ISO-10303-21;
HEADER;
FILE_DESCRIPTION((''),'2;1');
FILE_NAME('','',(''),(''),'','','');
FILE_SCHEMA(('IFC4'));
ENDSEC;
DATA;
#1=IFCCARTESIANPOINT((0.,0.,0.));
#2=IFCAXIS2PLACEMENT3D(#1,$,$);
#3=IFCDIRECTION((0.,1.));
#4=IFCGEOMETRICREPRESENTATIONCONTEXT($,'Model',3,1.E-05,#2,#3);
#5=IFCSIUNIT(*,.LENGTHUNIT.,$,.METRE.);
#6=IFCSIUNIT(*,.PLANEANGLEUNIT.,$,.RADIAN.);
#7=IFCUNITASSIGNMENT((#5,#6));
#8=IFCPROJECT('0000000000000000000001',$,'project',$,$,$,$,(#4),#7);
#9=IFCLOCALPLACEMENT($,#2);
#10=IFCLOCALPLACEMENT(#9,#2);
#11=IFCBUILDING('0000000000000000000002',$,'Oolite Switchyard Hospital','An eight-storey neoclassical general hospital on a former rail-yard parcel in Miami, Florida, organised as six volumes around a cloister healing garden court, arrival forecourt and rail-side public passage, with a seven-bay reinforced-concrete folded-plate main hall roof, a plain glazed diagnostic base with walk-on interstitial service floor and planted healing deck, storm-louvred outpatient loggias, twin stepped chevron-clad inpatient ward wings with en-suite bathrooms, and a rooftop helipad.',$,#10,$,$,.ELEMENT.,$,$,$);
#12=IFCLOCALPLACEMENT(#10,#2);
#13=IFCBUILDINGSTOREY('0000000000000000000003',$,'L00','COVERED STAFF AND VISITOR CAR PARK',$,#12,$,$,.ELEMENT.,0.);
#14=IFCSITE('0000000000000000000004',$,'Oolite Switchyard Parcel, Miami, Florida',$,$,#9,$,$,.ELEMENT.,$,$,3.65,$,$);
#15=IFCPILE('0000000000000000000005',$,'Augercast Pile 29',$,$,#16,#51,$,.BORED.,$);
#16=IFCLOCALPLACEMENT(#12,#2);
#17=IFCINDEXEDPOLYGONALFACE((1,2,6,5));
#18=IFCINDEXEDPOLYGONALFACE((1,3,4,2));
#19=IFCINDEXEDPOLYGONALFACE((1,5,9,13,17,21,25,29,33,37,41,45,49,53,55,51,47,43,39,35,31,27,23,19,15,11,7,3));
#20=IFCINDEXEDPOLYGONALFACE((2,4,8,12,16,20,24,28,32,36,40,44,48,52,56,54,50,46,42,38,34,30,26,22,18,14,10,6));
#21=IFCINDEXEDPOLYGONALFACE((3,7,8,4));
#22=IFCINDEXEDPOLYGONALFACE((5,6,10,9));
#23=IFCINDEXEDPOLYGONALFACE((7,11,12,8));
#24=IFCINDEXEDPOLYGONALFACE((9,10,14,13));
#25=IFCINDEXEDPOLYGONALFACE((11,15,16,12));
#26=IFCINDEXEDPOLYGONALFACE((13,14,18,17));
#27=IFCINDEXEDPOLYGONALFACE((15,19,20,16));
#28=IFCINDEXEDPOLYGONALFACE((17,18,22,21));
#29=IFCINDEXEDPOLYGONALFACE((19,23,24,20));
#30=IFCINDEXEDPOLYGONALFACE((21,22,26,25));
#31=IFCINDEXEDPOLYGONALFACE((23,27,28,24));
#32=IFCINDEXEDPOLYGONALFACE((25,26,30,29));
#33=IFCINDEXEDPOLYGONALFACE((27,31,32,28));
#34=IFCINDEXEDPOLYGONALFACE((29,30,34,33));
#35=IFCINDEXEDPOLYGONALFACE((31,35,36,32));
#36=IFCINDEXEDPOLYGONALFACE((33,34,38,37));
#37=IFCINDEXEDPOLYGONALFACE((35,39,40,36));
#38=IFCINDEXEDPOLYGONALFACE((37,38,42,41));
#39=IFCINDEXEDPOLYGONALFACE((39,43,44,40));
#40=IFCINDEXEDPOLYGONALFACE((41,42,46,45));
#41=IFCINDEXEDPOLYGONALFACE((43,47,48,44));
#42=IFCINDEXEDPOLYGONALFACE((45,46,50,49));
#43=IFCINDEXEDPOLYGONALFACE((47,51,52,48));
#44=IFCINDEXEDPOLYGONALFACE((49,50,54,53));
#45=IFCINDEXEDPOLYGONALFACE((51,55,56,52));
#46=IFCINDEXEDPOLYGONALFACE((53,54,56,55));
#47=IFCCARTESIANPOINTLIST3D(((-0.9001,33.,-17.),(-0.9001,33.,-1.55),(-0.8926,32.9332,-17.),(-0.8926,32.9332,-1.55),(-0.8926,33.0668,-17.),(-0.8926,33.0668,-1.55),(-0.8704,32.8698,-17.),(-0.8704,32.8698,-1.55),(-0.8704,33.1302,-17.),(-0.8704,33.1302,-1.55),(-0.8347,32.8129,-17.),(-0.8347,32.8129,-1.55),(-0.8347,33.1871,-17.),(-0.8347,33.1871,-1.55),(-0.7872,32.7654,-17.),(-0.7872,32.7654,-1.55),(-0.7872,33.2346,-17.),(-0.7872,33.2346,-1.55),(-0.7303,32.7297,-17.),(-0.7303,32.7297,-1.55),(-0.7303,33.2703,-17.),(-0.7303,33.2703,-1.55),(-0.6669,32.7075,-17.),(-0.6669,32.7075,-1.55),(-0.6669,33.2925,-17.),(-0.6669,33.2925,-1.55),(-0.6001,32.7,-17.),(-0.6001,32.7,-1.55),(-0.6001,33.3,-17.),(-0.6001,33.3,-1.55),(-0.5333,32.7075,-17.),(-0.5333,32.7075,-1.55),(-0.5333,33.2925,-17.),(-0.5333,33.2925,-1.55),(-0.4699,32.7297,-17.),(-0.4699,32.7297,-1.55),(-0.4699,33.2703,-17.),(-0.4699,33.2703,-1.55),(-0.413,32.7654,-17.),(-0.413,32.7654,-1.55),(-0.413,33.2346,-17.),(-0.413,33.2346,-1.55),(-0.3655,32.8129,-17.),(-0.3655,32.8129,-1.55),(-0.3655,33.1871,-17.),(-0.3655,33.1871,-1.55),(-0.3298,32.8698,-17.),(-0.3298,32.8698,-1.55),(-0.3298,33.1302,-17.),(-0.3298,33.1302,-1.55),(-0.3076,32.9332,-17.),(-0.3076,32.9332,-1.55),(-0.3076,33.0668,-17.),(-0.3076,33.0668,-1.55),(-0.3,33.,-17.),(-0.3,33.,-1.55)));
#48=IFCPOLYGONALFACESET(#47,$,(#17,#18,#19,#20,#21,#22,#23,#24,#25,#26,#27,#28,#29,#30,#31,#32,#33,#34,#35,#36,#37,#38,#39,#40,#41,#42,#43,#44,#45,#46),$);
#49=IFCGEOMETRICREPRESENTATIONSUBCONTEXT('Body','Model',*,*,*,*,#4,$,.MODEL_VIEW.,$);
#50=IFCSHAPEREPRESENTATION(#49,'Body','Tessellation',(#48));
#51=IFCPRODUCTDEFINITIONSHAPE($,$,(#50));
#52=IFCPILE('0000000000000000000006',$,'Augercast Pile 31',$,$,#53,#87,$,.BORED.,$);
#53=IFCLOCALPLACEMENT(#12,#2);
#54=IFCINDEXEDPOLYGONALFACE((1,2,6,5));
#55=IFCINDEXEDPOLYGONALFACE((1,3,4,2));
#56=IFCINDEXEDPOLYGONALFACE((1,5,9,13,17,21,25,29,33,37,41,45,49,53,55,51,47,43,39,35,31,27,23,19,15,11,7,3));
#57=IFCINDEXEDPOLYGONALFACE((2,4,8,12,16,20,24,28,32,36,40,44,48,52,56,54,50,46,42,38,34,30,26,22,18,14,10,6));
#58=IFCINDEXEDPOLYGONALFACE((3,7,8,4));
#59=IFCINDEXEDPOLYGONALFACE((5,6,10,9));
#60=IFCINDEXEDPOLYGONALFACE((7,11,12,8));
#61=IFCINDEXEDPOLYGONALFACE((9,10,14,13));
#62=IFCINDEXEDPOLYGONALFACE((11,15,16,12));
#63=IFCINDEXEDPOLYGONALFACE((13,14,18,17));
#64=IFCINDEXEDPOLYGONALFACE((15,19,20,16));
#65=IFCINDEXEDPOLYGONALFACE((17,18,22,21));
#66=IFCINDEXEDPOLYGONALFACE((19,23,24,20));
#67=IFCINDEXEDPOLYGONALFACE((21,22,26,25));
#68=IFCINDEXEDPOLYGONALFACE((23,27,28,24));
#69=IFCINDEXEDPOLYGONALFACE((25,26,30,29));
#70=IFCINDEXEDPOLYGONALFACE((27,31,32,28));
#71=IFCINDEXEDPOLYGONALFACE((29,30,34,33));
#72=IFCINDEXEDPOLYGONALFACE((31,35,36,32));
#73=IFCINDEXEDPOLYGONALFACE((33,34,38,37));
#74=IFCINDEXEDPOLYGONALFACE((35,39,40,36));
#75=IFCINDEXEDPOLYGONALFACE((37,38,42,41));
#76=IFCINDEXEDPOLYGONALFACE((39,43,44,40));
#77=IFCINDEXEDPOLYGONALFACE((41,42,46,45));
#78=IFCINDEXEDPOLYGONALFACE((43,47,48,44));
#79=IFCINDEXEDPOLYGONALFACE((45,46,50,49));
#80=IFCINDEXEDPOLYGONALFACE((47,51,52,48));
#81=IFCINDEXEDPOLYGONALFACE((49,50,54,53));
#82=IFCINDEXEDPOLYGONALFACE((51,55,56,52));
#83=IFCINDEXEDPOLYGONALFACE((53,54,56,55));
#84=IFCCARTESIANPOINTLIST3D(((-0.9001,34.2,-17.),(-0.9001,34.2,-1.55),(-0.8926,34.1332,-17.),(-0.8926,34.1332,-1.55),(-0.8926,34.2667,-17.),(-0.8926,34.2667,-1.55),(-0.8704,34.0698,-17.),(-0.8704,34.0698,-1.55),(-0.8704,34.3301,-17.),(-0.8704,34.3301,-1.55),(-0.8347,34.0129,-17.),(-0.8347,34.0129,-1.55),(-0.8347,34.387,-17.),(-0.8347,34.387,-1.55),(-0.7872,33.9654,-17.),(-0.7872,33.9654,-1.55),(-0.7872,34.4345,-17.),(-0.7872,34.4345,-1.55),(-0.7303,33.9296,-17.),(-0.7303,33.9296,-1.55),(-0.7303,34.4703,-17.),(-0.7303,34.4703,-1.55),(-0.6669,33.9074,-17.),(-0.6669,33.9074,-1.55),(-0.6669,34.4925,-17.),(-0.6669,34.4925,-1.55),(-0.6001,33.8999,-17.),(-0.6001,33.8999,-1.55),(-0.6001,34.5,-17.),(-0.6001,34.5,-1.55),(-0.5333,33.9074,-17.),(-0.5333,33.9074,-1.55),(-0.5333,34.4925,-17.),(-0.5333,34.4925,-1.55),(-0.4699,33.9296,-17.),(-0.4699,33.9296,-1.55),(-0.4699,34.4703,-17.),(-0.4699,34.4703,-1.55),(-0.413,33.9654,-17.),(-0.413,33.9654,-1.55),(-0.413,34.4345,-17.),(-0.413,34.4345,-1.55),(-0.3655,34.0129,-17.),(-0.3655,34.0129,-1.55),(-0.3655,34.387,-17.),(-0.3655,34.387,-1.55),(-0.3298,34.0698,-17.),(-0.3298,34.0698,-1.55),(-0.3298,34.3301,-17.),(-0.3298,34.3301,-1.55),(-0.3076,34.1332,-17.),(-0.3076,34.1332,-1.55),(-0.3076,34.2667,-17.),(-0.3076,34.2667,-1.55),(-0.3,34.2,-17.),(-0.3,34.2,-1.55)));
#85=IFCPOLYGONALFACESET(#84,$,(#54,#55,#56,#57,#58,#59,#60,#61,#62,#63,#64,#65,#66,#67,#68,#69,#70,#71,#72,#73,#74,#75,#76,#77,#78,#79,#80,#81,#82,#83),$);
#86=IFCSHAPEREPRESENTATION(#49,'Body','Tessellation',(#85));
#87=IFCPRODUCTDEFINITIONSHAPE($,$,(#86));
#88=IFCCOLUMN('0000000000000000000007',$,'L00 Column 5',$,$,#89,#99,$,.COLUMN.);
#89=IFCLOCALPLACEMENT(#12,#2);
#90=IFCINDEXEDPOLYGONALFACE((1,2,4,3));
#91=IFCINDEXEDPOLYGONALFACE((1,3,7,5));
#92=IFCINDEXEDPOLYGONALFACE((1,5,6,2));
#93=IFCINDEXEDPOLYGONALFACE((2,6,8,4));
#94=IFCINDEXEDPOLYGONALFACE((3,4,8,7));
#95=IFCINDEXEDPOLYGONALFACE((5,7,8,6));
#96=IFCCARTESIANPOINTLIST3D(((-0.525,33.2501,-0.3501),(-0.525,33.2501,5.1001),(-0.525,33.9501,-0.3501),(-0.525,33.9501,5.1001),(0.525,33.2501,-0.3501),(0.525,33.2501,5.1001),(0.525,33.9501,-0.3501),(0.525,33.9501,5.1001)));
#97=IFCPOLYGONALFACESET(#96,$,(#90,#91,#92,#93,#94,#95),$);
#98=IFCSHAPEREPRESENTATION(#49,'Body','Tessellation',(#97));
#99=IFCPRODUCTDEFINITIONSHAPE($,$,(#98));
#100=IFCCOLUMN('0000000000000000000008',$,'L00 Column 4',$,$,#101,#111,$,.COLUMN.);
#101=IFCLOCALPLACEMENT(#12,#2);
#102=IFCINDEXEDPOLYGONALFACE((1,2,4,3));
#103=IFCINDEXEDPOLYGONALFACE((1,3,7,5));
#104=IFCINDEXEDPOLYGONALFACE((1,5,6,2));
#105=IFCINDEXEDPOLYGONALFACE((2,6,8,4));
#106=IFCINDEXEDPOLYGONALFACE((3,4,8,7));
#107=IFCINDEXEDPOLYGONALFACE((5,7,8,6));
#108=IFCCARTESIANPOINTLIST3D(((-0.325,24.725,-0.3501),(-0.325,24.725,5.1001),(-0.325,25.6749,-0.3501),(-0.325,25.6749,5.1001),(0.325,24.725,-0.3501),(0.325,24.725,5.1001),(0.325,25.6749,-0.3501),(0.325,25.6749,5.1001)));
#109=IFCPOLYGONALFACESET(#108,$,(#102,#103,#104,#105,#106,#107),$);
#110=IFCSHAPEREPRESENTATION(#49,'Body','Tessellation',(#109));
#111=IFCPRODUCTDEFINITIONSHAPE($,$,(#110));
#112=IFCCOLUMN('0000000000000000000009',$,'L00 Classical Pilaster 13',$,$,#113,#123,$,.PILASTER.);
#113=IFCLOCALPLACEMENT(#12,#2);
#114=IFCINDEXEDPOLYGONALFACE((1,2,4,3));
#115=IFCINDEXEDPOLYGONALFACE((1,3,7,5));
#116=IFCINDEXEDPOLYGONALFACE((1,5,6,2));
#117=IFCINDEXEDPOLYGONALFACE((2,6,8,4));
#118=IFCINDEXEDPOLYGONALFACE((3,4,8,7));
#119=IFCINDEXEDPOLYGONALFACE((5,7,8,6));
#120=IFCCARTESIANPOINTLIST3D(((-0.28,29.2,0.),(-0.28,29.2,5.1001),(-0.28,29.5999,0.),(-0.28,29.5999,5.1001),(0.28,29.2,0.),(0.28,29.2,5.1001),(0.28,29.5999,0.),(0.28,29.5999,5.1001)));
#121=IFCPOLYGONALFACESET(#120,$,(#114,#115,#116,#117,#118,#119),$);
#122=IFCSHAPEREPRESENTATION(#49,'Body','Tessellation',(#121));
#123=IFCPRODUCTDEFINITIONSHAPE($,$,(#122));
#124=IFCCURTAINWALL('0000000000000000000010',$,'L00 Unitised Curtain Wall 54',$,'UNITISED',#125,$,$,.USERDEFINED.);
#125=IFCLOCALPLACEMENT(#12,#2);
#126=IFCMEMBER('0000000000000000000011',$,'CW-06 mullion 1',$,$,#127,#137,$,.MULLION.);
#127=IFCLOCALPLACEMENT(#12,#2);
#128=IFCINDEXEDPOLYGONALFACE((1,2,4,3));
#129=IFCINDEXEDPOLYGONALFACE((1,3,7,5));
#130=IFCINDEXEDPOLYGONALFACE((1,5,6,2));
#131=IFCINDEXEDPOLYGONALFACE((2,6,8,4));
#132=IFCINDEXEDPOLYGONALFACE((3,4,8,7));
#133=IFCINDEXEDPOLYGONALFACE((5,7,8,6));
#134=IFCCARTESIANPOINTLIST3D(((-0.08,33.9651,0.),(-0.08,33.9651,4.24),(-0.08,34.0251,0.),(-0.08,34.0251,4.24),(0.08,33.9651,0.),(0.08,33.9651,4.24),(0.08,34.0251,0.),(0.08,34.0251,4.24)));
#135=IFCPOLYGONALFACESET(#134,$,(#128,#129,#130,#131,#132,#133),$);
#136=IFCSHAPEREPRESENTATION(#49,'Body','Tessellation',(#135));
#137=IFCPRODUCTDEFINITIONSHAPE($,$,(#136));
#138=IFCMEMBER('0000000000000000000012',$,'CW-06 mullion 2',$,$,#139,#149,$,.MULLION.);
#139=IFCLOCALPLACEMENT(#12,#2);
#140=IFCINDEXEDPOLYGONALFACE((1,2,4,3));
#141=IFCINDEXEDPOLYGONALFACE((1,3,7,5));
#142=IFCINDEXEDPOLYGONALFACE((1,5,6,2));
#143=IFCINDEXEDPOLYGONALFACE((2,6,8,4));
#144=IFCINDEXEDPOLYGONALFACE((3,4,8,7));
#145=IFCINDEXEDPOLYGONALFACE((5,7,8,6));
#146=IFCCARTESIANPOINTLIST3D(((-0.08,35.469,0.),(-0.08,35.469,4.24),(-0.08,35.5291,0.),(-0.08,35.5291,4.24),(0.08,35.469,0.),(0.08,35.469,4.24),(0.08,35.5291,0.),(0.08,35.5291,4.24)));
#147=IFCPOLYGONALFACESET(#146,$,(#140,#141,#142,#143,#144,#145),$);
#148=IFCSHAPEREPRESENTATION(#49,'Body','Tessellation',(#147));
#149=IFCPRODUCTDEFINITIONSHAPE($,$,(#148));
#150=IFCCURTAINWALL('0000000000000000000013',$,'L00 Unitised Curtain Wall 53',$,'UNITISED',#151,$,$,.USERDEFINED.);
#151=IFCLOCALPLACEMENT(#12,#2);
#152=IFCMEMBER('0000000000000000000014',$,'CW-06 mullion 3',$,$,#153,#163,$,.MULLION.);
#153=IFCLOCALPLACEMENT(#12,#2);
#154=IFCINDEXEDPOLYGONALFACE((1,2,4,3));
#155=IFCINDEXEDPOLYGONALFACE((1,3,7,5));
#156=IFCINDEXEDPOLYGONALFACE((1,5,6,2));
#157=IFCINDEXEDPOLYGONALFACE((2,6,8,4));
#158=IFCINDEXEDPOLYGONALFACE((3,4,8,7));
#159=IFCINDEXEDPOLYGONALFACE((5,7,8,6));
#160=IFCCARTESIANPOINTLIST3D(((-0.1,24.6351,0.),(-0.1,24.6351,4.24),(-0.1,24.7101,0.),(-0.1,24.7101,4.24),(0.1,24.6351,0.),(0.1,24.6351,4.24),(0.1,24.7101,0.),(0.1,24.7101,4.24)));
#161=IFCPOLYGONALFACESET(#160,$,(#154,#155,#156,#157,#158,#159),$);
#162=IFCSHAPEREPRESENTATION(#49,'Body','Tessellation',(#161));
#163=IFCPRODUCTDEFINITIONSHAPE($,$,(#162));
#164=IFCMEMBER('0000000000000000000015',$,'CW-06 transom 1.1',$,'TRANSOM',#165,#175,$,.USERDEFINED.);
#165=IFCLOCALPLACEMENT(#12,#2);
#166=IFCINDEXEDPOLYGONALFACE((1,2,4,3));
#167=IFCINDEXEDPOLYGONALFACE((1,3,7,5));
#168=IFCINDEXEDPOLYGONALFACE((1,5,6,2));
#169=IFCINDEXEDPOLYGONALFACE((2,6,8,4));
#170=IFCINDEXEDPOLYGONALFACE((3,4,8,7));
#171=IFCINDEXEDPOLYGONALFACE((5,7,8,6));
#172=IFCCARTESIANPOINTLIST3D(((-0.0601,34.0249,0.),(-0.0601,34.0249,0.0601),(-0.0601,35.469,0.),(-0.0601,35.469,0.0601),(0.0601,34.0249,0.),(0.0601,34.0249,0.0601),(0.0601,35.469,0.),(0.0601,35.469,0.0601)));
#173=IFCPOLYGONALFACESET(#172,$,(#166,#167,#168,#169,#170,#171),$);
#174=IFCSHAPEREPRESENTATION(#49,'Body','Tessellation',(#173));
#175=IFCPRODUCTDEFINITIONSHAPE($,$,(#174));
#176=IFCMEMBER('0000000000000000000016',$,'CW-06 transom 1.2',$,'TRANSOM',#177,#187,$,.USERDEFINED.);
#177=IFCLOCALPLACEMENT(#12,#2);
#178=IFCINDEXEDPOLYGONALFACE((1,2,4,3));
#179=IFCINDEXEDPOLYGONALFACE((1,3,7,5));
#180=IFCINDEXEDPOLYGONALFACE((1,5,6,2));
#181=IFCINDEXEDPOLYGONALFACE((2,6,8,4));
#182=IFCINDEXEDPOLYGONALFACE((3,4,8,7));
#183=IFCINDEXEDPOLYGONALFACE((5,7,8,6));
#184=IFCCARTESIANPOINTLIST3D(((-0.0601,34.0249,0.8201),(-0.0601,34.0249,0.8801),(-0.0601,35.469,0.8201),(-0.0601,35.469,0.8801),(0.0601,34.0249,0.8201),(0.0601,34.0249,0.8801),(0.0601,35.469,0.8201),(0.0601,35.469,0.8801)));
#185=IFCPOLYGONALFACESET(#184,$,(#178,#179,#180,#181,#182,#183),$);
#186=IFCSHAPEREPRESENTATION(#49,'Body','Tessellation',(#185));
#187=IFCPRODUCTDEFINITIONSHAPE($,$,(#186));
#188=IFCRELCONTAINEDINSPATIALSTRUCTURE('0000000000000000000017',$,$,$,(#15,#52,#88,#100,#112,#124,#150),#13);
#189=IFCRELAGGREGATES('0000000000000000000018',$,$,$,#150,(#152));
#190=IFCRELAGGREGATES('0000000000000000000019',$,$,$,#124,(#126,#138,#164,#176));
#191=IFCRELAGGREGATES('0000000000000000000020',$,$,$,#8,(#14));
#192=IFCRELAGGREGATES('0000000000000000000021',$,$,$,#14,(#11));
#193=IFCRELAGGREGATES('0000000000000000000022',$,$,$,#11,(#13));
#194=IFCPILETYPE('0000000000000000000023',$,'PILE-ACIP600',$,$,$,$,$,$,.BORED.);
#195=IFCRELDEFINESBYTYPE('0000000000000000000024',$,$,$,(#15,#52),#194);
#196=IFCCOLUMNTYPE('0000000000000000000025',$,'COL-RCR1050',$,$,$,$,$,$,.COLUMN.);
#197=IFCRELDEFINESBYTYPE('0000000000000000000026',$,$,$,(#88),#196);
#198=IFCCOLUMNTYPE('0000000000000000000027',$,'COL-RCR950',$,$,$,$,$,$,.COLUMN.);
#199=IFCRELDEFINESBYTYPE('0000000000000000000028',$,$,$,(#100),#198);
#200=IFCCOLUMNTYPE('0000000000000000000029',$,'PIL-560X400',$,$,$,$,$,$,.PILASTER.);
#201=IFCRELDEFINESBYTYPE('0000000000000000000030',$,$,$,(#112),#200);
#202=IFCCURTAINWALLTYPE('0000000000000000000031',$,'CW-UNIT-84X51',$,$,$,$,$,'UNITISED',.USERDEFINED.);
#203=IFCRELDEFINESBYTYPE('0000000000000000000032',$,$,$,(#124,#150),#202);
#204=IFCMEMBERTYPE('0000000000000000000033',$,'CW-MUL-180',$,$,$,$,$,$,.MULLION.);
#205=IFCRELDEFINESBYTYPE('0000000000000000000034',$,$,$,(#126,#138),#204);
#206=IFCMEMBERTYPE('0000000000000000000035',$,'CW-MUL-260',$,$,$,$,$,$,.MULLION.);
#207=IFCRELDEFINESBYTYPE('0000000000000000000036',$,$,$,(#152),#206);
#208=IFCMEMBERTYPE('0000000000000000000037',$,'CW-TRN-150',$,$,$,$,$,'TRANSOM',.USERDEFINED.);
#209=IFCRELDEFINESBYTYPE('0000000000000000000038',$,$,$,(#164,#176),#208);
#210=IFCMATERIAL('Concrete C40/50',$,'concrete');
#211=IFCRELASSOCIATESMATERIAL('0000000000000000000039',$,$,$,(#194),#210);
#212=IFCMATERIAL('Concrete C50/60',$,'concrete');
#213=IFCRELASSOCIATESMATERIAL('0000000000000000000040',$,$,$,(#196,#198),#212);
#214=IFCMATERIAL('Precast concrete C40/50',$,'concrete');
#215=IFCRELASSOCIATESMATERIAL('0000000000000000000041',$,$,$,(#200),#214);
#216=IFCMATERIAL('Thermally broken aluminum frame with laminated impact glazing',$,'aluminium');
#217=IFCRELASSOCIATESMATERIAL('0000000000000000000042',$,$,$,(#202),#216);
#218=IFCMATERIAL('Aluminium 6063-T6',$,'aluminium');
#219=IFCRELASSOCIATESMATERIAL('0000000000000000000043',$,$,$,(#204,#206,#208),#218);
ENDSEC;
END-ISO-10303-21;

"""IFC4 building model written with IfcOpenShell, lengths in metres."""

from ifc_helpers import new_model, si_unit, direction, frame, origin, origin_2d, place, context, subcontext, project, spatial, rectangle, circle, extrude, material, material_profile, profile_set, type_object, element, aggregate, save


model = new_model("IFC4")

# Units and contexts
model_context = context("Model", 3, precision=1e-05, world=origin(), true_north=direction((0.0, 1.0)))
body_context = subcontext(model_context, "Body", "Model", "MODEL_VIEW")
ifc_project = project(units=[si_unit("LENGTHUNIT", "METRE"), si_unit("PLANEANGLEUNIT", "RADIAN")], contexts=[model_context])

# Site, building, storey
site_placement = place(None, origin())
site = spatial("IfcSite", under=ifc_project, at=site_placement, Name="Oolite Switchyard Parcel, Miami, Florida", CompositionType="ELEMENT", RefElevation=3.65)
building_placement = place(site_placement, origin())
building = spatial("IfcBuilding", under=site, at=building_placement, Name="Oolite Switchyard Hospital", Description="An eight-storey neoclassical general hospital on a former rail-yard parcel in Miami, Florida, organised as six volumes around a cloister healing garden court, arrival forecourt and rail-side public passage, with a seven-bay reinforced-concrete folded-plate main hall roof, a plain glazed diagnostic base with walk-on interstitial service floor and planted healing deck, storm-louvred outpatient loggias, twin stepped chevron-clad inpatient ward wings with en-suite bathrooms, and a rooftop helipad.", CompositionType="ELEMENT")
storey_placement = place(building_placement, origin())
storey = spatial("IfcBuildingStorey", under=building, at=storey_placement, Name="L00", Description="COVERED STAFF AND VISITOR CAR PARK", CompositionType="ELEMENT", Elevation=0.0)

# Shared definitions
ifc_material_1 = material(Name="Concrete C40/50", Category="concrete")

# Piles
ifc_material_profile_1 = material_profile(ifc_material_1, circle(Radius=0.3, at=origin_2d()), Name="PILE600")
ifc_profile_set_1 = profile_set([ifc_material_profile_1], Name="Concrete C40/50")
pile_type = type_object("IfcPileType", Name="PILE-ACIP600", PredefinedType="BORED", material=ifc_profile_set_1)
for number, where, z_axis, x_axis, name in (
    (1, (-0.6001, 33.0, -1.55), (0.0, 0.0, -1.0), (1.0, 0.0, 0.0), "Augercast Pile 29"),
    (2, (-0.6001, 34.2, -1.55), (0.0, 0.0, -1.0), (1.0, 0.0, 0.0), "Augercast Pile 31"),
):
    element("IfcPile", number, at=place(storey_placement, frame(where, z_axis=z_axis, x_axis=x_axis)), inside=storey, type_object=pile_type, Name=name, PredefinedType="BORED", context=body_context, shape_type="SweptSolid", body=[
        extrude(circle(Radius=0.3, at=origin_2d()), origin(), (0.0, 0.0, 1.0), 15.45),
    ])

# Columns
ifc_material_2 = material(Name="Concrete C50/60", Category="concrete")
ifc_material_profile_2 = material_profile(ifc_material_2, rectangle(XDim=1.05, YDim=0.7, at=origin_2d()), Name="RC1050X700")
ifc_profile_set_2 = profile_set([ifc_material_profile_2], Name="Concrete C50/60")
column_type_1 = type_object("IfcColumnType", Name="COL-RCR1050", PredefinedType="COLUMN", material=ifc_profile_set_2)
column_1_placement = place(storey_placement, frame((0.0, 33.6001, -0.3501), z_axis=(0.0, 0.0, 1.0), x_axis=(1.0, 0.0, 0.0)))
element("IfcColumn", 3, at=column_1_placement, inside=storey, type_object=column_type_1, Name="L00 Column 5", PredefinedType="COLUMN", context=body_context, shape_type="SweptSolid", body=[
    extrude(rectangle(XDim=1.05, YDim=0.7, at=origin_2d()), origin(), (0.0, 0.0, 1.0), 5.4502),
])
ifc_material_profile_3 = material_profile(ifc_material_2, rectangle(XDim=0.95, YDim=0.6499, at=origin_2d()), Name="RC950X650")
ifc_profile_set_3 = profile_set([ifc_material_profile_3], Name="Concrete C50/60")
column_type_2 = type_object("IfcColumnType", Name="COL-RCR950", PredefinedType="COLUMN", material=ifc_profile_set_3)
column_2_placement = place(storey_placement, frame((0.0, 25.2, -0.3501), z_axis=(0.0, 0.0, 1.0), x_axis=(0.0, 1.0, 0.0)))
element("IfcColumn", 4, at=column_2_placement, inside=storey, type_object=column_type_2, Name="L00 Column 4", PredefinedType="COLUMN", context=body_context, shape_type="SweptSolid", body=[
    extrude(rectangle(XDim=0.95, YDim=0.6499, at=origin_2d()), origin(), (0.0, 0.0, 1.0), 5.4502),
])
ifc_material_3 = material(Name="Precast concrete C40/50", Category="concrete")
ifc_material_profile_4 = material_profile(ifc_material_3, rectangle(XDim=0.5601, YDim=0.3999, at=origin_2d()), Name="PIL560X400")
ifc_profile_set_4 = profile_set([ifc_material_profile_4], Name="Precast concrete C40/50")
column_type_3 = type_object("IfcColumnType", Name="PIL-560X400", PredefinedType="PILASTER", material=ifc_profile_set_4)
column_3_placement = place(storey_placement, frame((0.0, 29.3999, 0.0), z_axis=(0.0, 0.0, 1.0), x_axis=(1.0, 0.0, 0.0)))
element("IfcColumn", 5, at=column_3_placement, inside=storey, type_object=column_type_3, Name="L00 Classical Pilaster 13", PredefinedType="PILASTER", context=body_context, shape_type="SweptSolid", body=[
    extrude(rectangle(XDim=0.5601, YDim=0.3999, at=origin_2d()), origin(), (0.0, 0.0, 1.0), 5.1001),
])

# Curtain wall, members
ifc_material_4 = material(Name="Thermally broken aluminum frame with laminated impact glazing", Category="aluminium")
curtain_wall_type = type_object("IfcCurtainWallType", Name="CW-UNIT-84X51", ElementType="UNITISED", PredefinedType="USERDEFINED", material=ifc_material_4)
curtain_wall_1_placement = place(storey_placement, origin())
curtain_wall_1 = element("IfcCurtainWall", 6, at=curtain_wall_1_placement, inside=storey, type_object=curtain_wall_type, Name="L00 Unitised Curtain Wall 54", ObjectType="UNITISED", PredefinedType="USERDEFINED")
ifc_material_5 = material(Name="Aluminium 6063-T6", Category="aluminium")
ifc_material_profile_5 = material_profile(ifc_material_5, rectangle(XDim=0.1599, YDim=0.0601, at=origin_2d()), Name="CWM60X160")
ifc_profile_set_5 = profile_set([ifc_material_profile_5], Name="Aluminium 6063-T6")
member_type_1 = type_object("IfcMemberType", Name="CW-MUL-180", PredefinedType="MULLION", material=ifc_profile_set_5)
member_1_placement = place(storey_placement, frame((0.0, 33.9951, 0.0), z_axis=(0.0, 0.0, 1.0), x_axis=(-1.0, 0.0, 0.0)))
member_1 = element("IfcMember", 7, at=member_1_placement, type_object=member_type_1, Name="CW-06 mullion 1", PredefinedType="MULLION", context=body_context, shape_type="SweptSolid", body=[
    extrude(rectangle(XDim=0.1599, YDim=0.0601, at=origin_2d()), origin(), (0.0, 0.0, 1.0), 4.24),
])
member_2_placement = place(storey_placement, frame((0.0, 35.499, 0.0), z_axis=(0.0, 0.0, 1.0), x_axis=(-1.0, 0.0, 0.0)))
member_2 = element("IfcMember", 8, at=member_2_placement, type_object=member_type_1, Name="CW-06 mullion 2", PredefinedType="MULLION", context=body_context, shape_type="SweptSolid", body=[
    extrude(rectangle(XDim=0.1599, YDim=0.0601, at=origin_2d()), origin(), (0.0, 0.0, 1.0), 4.24),
])

# Curtain wall, member
curtain_wall_2_placement = place(storey_placement, origin())
curtain_wall_2 = element("IfcCurtainWall", 9, at=curtain_wall_2_placement, inside=storey, type_object=curtain_wall_type, Name="L00 Unitised Curtain Wall 53", ObjectType="UNITISED", PredefinedType="USERDEFINED")
ifc_material_profile_6 = material_profile(ifc_material_5, rectangle(XDim=0.2, YDim=0.075, at=origin_2d()), Name="CWM75X200")
ifc_profile_set_6 = profile_set([ifc_material_profile_6], Name="Aluminium 6063-T6")
member_type_2 = type_object("IfcMemberType", Name="CW-MUL-260", PredefinedType="MULLION", material=ifc_profile_set_6)
member_3_placement = place(storey_placement, frame((0.0, 24.6726, 0.0), z_axis=(0.0, 0.0, 1.0), x_axis=(-1.0, 0.0, 0.0)))
member_3 = element("IfcMember", 10, at=member_3_placement, type_object=member_type_2, Name="CW-06 mullion 3", PredefinedType="MULLION", context=body_context, shape_type="SweptSolid", body=[
    extrude(rectangle(XDim=0.2, YDim=0.075, at=origin_2d()), origin(), (0.0, 0.0, 1.0), 4.24),
])
aggregate(curtain_wall_2, [member_3])

# Members
ifc_material_profile_7 = material_profile(ifc_material_5, rectangle(XDim=0.1201, YDim=0.0601, at=origin_2d()), Name="CWT60X120")
ifc_profile_set_7 = profile_set([ifc_material_profile_7], Name="Aluminium 6063-T6")
member_type_3 = type_object("IfcMemberType", Name="CW-TRN-150", ElementType="TRANSOM", PredefinedType="USERDEFINED", material=ifc_profile_set_7)
member_4_placement = place(storey_placement, frame((0.0, 34.0249, 0.03), z_axis=(0.0, 1.0, 0.0), x_axis=(-1.0, 0.0, 0.0)))
member_4 = element("IfcMember", 11, at=member_4_placement, type_object=member_type_3, Name="CW-06 transom 1.1", ObjectType="TRANSOM", PredefinedType="USERDEFINED", context=body_context, shape_type="SweptSolid", body=[
    extrude(rectangle(XDim=0.1201, YDim=0.0601, at=origin_2d()), origin(), (0.0, 0.0, 1.0), 1.4441),
])
member_5_placement = place(storey_placement, frame((0.0, 34.0249, 0.8501), z_axis=(0.0, 1.0, 0.0), x_axis=(-1.0, 0.0, 0.0)))
member_5 = element("IfcMember", 12, at=member_5_placement, type_object=member_type_3, Name="CW-06 transom 1.2", ObjectType="TRANSOM", PredefinedType="USERDEFINED", context=body_context, shape_type="SweptSolid", body=[
    extrude(rectangle(XDim=0.1201, YDim=0.0601, at=origin_2d()), origin(), (0.0, 0.0, 1.0), 1.4441),
])

aggregate(curtain_wall_1, [member_1, member_2, member_4, member_5])

save(model, "model.ifc")
